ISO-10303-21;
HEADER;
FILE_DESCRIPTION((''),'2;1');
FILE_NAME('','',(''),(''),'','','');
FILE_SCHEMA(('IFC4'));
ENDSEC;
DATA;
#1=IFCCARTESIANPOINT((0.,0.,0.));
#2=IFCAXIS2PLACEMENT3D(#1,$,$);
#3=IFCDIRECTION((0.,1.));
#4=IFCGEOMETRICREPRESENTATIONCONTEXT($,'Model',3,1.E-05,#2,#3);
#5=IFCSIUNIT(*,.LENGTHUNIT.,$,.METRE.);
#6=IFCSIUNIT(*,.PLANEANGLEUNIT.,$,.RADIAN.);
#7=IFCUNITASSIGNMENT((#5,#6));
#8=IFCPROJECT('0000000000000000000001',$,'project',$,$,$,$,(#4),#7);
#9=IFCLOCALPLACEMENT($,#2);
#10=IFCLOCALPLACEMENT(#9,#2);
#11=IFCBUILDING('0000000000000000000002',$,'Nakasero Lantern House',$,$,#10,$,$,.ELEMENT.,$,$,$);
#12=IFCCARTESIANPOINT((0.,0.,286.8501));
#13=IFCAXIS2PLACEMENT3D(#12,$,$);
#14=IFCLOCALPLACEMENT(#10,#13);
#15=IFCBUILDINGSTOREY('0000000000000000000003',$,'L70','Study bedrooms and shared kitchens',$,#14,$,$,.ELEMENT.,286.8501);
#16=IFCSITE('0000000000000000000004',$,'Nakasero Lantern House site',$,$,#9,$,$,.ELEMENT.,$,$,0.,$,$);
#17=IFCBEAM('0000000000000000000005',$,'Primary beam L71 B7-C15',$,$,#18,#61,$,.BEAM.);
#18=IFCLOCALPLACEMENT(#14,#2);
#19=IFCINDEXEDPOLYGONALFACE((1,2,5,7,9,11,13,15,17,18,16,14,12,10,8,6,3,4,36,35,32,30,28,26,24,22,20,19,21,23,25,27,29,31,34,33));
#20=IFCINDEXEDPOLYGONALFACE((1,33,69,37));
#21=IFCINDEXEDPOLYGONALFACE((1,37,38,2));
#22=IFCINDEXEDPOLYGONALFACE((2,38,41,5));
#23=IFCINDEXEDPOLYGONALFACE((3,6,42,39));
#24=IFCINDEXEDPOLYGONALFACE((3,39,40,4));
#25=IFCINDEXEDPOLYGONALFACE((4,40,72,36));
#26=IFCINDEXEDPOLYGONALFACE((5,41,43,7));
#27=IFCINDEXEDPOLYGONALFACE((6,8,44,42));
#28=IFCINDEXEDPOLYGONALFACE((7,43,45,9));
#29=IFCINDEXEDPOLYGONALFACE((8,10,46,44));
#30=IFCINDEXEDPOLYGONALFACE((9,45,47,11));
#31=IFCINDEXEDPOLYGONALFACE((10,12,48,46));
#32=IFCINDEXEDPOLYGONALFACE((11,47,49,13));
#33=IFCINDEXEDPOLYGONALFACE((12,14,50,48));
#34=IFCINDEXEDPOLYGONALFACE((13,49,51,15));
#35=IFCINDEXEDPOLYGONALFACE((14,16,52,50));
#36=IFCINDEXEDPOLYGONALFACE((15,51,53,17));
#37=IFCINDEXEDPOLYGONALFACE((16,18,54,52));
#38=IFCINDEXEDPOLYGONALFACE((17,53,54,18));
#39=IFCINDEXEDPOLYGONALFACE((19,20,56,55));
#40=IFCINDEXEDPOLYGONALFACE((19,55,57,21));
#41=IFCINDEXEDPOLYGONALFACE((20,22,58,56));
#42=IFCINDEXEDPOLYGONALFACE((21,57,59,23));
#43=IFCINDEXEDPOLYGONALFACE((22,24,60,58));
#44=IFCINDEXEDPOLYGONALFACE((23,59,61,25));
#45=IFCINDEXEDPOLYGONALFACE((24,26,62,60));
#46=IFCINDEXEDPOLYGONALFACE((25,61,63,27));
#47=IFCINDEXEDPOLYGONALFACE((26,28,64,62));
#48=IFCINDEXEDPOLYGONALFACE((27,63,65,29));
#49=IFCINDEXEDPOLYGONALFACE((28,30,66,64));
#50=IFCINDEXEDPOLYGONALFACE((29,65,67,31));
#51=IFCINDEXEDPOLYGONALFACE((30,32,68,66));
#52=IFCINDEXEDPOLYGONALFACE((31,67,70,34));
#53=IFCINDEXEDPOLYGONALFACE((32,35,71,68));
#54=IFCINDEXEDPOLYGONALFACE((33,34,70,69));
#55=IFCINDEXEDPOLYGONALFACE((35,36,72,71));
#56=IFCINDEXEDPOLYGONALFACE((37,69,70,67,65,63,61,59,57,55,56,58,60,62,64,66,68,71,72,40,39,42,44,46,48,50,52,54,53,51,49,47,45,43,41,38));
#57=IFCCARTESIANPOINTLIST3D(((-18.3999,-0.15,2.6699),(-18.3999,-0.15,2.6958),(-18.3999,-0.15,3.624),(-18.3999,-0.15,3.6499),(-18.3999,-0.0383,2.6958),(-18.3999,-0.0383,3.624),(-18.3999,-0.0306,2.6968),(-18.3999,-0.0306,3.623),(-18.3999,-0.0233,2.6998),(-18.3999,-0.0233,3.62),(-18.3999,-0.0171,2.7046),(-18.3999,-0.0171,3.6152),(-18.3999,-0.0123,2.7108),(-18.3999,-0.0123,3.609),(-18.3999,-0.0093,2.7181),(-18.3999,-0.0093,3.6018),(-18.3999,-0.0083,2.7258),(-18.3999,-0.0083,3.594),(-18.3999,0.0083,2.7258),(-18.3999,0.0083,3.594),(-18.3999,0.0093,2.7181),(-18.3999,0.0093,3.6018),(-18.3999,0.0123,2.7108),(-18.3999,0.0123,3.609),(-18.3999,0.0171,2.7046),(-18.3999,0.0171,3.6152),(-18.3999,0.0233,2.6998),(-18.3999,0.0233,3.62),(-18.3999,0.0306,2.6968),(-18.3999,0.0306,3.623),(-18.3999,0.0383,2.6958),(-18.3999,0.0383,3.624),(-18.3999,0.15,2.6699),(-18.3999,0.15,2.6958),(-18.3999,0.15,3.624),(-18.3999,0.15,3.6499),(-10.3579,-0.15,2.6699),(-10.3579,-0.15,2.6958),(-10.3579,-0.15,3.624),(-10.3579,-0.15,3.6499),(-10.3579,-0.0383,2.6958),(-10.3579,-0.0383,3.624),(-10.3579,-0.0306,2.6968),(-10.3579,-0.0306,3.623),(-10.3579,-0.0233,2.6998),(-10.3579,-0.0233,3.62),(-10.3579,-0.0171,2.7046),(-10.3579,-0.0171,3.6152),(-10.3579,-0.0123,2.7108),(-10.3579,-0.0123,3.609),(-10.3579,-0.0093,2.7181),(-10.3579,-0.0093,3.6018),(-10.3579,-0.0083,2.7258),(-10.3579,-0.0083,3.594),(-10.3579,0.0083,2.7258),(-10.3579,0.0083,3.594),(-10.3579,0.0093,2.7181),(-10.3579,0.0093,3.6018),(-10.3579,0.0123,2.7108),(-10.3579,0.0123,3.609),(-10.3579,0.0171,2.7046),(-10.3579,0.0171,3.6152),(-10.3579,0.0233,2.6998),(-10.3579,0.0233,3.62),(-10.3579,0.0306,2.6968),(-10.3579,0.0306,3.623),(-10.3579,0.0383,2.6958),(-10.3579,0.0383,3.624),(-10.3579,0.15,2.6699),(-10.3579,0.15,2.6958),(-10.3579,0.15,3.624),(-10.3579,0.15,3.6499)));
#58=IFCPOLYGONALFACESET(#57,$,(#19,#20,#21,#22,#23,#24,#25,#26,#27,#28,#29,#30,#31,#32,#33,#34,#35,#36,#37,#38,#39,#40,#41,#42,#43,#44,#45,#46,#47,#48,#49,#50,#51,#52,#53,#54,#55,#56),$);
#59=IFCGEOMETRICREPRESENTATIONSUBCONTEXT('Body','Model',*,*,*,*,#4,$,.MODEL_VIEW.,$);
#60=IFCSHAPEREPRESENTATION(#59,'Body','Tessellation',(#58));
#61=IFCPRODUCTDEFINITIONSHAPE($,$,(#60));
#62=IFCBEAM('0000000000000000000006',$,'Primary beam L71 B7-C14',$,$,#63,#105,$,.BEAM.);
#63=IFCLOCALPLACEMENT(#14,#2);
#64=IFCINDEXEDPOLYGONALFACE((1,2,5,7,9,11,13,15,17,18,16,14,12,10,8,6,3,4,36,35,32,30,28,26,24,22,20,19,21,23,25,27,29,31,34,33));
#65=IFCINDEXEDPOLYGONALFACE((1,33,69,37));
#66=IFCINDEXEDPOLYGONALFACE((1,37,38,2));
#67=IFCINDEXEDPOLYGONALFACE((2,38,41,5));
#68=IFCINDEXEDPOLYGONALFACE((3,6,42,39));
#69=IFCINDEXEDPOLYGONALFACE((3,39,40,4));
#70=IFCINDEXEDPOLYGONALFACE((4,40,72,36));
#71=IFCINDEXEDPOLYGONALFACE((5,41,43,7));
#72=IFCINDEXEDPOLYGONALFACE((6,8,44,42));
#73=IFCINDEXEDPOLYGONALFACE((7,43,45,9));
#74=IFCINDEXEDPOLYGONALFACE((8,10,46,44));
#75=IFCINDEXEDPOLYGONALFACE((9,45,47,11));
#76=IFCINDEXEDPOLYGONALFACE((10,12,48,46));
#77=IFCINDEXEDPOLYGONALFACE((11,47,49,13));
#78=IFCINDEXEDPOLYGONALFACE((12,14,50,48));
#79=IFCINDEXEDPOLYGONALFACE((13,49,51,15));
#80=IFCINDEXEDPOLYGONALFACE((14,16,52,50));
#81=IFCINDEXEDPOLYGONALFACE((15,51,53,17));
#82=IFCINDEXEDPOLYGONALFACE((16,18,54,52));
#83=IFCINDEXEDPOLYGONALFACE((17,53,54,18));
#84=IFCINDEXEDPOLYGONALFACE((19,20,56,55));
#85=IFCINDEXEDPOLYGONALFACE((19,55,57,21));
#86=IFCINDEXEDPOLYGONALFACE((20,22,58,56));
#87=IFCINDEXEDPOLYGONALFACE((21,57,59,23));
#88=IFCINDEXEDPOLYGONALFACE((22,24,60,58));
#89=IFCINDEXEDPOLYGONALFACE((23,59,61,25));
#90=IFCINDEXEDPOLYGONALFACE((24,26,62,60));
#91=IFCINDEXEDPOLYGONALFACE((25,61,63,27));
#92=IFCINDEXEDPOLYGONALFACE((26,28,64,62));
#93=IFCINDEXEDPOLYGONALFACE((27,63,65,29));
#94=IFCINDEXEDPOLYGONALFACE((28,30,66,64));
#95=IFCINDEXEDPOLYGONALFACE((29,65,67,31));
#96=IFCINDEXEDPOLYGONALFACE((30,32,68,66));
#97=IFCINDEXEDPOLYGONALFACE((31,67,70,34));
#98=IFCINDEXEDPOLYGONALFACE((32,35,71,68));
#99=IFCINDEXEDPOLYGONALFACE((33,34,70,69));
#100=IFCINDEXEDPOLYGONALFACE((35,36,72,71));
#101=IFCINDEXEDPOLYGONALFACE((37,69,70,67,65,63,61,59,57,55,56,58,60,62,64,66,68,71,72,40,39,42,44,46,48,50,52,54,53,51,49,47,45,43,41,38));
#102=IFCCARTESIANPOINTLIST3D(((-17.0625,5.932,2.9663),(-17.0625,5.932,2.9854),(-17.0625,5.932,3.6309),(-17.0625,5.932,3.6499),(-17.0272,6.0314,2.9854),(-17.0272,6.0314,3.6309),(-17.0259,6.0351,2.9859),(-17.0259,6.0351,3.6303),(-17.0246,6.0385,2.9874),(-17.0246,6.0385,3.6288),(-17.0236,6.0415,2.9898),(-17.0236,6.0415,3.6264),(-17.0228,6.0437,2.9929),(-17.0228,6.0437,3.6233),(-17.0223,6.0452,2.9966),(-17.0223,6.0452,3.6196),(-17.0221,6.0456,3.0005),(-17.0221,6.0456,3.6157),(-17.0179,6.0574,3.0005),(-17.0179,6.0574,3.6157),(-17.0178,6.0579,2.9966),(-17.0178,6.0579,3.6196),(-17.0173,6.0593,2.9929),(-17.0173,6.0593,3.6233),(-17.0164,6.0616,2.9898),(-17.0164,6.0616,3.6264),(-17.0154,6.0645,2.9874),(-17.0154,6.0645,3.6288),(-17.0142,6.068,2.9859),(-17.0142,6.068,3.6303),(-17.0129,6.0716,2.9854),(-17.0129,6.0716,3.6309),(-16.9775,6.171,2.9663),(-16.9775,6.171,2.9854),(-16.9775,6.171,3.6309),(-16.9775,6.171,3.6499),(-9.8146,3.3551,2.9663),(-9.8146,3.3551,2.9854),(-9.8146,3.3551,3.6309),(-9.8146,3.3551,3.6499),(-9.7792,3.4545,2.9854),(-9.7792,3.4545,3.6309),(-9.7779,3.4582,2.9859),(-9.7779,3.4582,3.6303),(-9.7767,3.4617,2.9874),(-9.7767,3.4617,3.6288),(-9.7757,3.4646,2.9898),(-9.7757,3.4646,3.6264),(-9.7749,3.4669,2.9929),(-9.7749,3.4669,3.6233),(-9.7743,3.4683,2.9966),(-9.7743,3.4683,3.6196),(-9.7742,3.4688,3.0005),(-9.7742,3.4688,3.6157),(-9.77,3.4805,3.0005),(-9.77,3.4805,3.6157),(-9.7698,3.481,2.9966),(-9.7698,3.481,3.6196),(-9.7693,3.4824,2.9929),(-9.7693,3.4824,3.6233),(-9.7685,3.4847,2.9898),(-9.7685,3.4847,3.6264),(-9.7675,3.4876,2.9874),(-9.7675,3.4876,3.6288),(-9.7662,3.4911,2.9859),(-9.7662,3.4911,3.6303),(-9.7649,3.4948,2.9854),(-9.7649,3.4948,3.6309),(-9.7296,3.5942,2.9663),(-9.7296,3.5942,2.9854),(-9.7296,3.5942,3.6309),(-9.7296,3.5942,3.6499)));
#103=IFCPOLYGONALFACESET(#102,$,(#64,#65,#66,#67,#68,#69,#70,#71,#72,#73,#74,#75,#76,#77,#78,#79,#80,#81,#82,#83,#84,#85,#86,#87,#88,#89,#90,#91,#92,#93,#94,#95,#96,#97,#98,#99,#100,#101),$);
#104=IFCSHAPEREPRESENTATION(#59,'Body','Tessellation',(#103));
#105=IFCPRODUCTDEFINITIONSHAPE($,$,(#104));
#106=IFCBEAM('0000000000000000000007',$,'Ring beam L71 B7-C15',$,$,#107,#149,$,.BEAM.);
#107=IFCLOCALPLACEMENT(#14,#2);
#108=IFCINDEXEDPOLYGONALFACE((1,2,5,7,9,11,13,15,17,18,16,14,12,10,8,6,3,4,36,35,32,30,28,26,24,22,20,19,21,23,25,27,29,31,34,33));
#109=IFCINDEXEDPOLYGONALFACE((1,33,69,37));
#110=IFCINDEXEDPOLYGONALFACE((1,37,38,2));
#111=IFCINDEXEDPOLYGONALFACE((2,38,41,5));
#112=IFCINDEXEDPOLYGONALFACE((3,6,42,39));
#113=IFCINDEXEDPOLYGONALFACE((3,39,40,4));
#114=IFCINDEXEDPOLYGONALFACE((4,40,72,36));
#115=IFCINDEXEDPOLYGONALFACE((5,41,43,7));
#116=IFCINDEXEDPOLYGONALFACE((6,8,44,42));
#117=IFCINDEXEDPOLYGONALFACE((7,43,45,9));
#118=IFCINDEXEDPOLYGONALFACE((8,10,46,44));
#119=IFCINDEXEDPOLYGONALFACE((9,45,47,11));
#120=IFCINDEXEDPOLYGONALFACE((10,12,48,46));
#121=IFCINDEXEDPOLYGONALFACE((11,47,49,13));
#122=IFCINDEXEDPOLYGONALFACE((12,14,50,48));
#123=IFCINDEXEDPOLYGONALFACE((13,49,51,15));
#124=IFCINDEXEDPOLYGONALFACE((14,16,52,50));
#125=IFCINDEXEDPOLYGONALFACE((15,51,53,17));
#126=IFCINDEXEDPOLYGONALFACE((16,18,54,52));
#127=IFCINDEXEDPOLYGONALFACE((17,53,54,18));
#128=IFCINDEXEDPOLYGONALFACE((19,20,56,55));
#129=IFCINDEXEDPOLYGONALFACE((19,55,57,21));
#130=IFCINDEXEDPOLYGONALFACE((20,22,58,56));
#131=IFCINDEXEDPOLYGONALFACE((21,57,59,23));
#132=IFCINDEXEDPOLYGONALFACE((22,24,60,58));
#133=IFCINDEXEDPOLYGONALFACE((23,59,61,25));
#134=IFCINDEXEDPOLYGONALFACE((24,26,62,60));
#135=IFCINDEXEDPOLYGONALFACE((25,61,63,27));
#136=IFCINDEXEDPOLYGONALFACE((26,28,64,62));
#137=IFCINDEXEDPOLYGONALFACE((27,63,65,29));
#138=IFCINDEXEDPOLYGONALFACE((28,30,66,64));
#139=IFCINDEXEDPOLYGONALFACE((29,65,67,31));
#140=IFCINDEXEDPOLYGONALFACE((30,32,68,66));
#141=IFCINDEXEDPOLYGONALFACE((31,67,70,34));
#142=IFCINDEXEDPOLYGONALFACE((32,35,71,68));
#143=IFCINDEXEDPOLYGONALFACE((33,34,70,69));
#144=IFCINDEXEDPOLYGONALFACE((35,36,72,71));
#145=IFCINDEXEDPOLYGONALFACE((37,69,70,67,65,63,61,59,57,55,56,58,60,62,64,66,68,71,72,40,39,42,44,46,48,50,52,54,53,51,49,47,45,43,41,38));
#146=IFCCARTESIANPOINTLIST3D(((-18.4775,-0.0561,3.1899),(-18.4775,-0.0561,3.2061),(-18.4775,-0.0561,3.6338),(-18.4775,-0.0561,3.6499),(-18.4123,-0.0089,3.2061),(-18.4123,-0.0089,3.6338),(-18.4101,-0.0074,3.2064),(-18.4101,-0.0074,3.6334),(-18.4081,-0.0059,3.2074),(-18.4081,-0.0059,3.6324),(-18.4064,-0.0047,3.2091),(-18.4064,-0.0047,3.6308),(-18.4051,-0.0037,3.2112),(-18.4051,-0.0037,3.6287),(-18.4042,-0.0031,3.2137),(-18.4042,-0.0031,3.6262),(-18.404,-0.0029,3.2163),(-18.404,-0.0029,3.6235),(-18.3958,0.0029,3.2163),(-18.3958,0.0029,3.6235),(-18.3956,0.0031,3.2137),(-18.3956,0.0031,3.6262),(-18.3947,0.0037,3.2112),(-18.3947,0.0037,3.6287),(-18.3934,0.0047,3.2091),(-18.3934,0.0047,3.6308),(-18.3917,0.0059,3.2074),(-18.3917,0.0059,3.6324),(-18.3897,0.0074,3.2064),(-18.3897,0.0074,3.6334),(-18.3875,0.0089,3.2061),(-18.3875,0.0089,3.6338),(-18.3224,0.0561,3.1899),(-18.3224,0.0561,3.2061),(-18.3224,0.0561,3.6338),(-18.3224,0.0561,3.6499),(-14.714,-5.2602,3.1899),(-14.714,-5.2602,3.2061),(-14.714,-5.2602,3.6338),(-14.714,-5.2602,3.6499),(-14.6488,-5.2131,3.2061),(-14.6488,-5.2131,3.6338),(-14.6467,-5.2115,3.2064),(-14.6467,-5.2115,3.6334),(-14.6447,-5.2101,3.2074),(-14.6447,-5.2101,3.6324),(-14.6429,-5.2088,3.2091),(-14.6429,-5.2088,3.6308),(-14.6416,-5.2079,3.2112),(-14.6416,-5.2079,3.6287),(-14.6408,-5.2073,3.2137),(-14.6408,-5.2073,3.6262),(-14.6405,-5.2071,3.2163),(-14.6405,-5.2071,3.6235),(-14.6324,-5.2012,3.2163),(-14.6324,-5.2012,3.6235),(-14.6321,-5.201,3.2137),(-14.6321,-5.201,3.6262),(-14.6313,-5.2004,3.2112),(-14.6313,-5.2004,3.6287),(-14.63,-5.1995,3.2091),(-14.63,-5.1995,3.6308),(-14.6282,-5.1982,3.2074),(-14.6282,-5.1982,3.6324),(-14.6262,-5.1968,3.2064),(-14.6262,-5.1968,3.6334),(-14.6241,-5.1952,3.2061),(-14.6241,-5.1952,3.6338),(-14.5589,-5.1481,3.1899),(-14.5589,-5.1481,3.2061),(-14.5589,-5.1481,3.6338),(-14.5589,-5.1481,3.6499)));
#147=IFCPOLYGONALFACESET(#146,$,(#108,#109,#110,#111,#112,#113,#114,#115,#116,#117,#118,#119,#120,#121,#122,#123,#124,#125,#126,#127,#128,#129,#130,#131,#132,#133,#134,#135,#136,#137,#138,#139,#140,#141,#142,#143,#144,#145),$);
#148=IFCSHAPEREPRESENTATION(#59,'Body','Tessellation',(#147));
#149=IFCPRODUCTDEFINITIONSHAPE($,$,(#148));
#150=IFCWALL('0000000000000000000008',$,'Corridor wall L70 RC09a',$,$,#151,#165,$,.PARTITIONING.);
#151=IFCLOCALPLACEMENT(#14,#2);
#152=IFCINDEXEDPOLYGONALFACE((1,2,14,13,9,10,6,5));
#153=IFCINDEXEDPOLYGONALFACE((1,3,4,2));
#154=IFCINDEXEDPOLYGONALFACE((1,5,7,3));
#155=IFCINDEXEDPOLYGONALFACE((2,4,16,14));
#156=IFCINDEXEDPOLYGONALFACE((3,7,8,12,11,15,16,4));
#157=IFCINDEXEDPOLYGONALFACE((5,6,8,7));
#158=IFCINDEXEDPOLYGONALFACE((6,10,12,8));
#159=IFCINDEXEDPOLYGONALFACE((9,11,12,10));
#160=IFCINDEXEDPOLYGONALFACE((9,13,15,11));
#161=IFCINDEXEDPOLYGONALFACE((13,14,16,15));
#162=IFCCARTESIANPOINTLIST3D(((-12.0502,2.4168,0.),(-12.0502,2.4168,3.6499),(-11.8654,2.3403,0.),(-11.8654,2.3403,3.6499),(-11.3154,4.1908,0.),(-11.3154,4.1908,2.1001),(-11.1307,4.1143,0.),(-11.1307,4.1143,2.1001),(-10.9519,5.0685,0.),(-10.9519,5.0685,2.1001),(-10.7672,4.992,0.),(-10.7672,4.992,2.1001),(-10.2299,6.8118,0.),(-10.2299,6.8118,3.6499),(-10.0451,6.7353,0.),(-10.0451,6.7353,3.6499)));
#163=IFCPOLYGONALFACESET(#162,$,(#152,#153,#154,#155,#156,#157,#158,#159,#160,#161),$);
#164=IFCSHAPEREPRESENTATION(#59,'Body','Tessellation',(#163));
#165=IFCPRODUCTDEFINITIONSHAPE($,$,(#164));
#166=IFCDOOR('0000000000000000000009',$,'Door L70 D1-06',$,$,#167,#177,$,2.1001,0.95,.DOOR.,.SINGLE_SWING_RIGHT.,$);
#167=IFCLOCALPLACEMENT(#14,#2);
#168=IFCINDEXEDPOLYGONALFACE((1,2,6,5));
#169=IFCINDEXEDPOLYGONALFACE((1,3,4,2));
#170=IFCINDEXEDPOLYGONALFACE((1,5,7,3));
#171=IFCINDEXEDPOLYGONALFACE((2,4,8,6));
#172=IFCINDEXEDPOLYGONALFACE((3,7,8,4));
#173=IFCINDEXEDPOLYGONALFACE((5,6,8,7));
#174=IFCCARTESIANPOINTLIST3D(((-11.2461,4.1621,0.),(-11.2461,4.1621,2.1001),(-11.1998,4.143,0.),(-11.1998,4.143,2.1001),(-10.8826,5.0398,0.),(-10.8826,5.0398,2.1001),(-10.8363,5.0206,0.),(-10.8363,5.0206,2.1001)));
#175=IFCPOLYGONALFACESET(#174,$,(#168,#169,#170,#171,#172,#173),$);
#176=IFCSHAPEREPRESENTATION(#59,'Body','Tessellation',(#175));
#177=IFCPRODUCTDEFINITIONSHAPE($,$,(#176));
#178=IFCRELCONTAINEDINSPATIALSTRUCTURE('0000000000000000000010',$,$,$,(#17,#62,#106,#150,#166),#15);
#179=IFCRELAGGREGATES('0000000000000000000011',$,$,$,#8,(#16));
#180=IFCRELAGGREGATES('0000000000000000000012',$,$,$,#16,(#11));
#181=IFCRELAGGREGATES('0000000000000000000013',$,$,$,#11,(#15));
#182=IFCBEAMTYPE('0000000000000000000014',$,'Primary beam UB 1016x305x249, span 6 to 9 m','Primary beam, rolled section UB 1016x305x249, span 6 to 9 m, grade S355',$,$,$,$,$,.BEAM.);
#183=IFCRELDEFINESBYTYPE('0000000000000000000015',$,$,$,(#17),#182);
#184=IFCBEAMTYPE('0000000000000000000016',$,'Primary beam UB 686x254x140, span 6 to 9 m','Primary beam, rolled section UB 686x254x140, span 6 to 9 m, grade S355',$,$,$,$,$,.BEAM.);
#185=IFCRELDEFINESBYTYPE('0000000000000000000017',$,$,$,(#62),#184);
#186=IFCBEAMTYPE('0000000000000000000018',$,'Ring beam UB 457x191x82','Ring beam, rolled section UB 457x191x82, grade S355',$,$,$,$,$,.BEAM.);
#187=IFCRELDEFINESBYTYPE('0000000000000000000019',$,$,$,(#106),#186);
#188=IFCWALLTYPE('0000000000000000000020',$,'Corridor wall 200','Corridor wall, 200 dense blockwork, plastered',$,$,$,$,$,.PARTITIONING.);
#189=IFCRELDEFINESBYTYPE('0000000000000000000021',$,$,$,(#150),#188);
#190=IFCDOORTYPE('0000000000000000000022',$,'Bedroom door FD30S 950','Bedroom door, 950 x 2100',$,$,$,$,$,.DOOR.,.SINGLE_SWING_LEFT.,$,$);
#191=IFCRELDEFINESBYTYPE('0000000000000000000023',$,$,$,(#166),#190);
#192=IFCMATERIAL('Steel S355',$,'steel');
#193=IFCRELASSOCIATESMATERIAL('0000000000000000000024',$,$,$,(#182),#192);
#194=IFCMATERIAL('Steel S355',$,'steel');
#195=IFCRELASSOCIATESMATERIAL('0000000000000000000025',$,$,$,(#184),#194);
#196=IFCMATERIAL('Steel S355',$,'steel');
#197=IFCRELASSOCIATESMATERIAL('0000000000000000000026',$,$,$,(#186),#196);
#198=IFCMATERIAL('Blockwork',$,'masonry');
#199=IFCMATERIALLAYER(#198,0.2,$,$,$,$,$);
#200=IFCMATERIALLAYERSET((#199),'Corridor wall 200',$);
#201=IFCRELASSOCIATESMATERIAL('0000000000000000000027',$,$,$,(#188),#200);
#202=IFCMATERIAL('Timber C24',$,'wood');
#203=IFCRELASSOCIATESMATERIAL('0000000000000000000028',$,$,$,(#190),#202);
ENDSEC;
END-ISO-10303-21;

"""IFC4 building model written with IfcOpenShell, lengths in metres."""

from ifc_helpers import new_model, si_unit, direction, frame, frame_2d, origin, origin_2d, place, context, subcontext, project, spatial, rectangle, i_section, extrude, material, layer, layer_set, material_profile, profile_set, type_object, element, fill, save


model = new_model("IFC4")

# Units and contexts
model_context = context("Model", 3, precision=1e-05, world=origin(), true_north=direction((0.0, 1.0)))
body_context = subcontext(model_context, "Body", "Model", "MODEL_VIEW")
ifc_project = project(units=[si_unit("LENGTHUNIT", "METRE"), si_unit("PLANEANGLEUNIT", "RADIAN")], contexts=[model_context])

# Site, building, storey
site_placement = place(None, origin())
site = spatial("IfcSite", under=ifc_project, at=site_placement, Name="Nakasero Lantern House site", CompositionType="ELEMENT", RefElevation=0.0)
building_placement = place(site_placement, origin())
building = spatial("IfcBuilding", under=site, at=building_placement, Name="Nakasero Lantern House", CompositionType="ELEMENT")
storey_placement = place(building_placement, frame((0.0, 0.0, 286.8501)))
storey = spatial("IfcBuildingStorey", under=building, at=storey_placement, Name="L70", Description="Study bedrooms and shared kitchens", CompositionType="ELEMENT", Elevation=286.8501)

# Beams
ifc_material_1 = material(Name="Steel S355", Category="steel")
ifc_material_profile_1 = material_profile(ifc_material_1, i_section(OverallWidth=0.3, OverallDepth=0.98, WebThickness=0.0166, FlangeThickness=0.0259, FilletRadius=0.03, at=origin_2d()), Name="UB 1016x305x249")
ifc_profile_set_1 = profile_set([ifc_material_profile_1], Name="Steel S355")
beam_type_1 = type_object("IfcBeamType", Name="Primary beam UB 1016x305x249, span 6 to 9 m", Description="Primary beam, rolled section UB 1016x305x249, span 6 to 9 m, grade S355", PredefinedType="BEAM", material=ifc_profile_set_1)
beam_1_placement = place(storey_placement, frame((-18.3999, 0.0, 3.1599), z_axis=(1.0, 0.0, 0.0), x_axis=(0.0, 1.0, 0.0)))
element("IfcBeam", 1, at=beam_1_placement, inside=storey, type_object=beam_type_1, Name="Primary beam L71 B7-C15", PredefinedType="BEAM", context=body_context, shape_type="SweptSolid", body=[
    extrude(i_section(OverallWidth=0.3, OverallDepth=0.98, WebThickness=0.0166, FlangeThickness=0.0259, FilletRadius=0.03, at=origin_2d()), origin(), (0.0, 0.0, 1.0), 8.042),
])
ifc_material_2 = material(Name="Steel S355", Category="steel")
ifc_material_profile_2 = material_profile(ifc_material_2, i_section(OverallWidth=0.2537, OverallDepth=0.6836, WebThickness=0.0125, FlangeThickness=0.019, FilletRadius=0.0151, at=origin_2d()), Name="UB 686x254x140")
ifc_profile_set_2 = profile_set([ifc_material_profile_2], Name="Steel S355")
beam_type_2 = type_object("IfcBeamType", Name="Primary beam UB 686x254x140, span 6 to 9 m", Description="Primary beam, rolled section UB 686x254x140, span 6 to 9 m, grade S355", PredefinedType="BEAM", material=ifc_profile_set_2)
beam_2_placement = place(storey_placement, frame((-17.02, 6.0515, 3.3081), z_axis=(0.942222, -0.334989, 0.0), x_axis=(0.334989, 0.942222, 0.0)))
element("IfcBeam", 2, at=beam_2_placement, inside=storey, type_object=beam_type_2, Name="Primary beam L71 B7-C14", PredefinedType="BEAM", context=body_context, shape_type="SweptSolid", body=[
    extrude(i_section(OverallWidth=0.2537, OverallDepth=0.6836, WebThickness=0.0125, FlangeThickness=0.019, FilletRadius=0.0151, at=origin_2d()), origin(), (0.0, 0.0, 1.0), 7.6924),
])
ifc_material_3 = material(Name="Steel S355", Category="steel")
ifc_material_profile_3 = material_profile(ifc_material_3, i_section(OverallWidth=0.1914, OverallDepth=0.46, WebThickness=0.01, FlangeThickness=0.0161, FilletRadius=0.0103, at=origin_2d()), Name="UB 457x191x82")
ifc_profile_set_3 = profile_set([ifc_material_profile_3], Name="Steel S355")
beam_type_3 = type_object("IfcBeamType", Name="Ring beam UB 457x191x82", Description="Ring beam, rolled section UB 457x191x82, grade S355", PredefinedType="BEAM", material=ifc_profile_set_3)
beam_3_placement = place(storey_placement, frame((-18.3999, 0.0, 3.4199), z_axis=(0.585993, -0.810316, 0.0), x_axis=(0.810316, 0.585993, 0.0)))
element("IfcBeam", 3, at=beam_3_placement, inside=storey, type_object=beam_type_3, Name="Ring beam L71 B7-C15", PredefinedType="BEAM", context=body_context, shape_type="SweptSolid", body=[
    extrude(i_section(OverallWidth=0.1914, OverallDepth=0.46, WebThickness=0.01, FlangeThickness=0.0161, FilletRadius=0.0103, at=origin_2d()), origin(), (0.0, 0.0, 1.0), 6.4224),
])

# Wall, opening, door
ifc_material_4 = material(Name="Blockwork", Category="masonry")
ifc_layer_1 = layer(ifc_material_4, 0.2)
ifc_layer_set_1 = layer_set([ifc_layer_1], Name="Corridor wall 200")
wall_type_1 = type_object("IfcWallType", Name="Corridor wall 200", Description="Corridor wall, 200 dense blockwork, plastered", PredefinedType="PARTITIONING", material=ifc_layer_set_1)
wall_1_placement = place(storey_placement, frame((-11.9578, 2.3787, 0.0), z_axis=(0.0, 0.0, 1.0), x_axis=(0.382654, 0.923892, 0.0)))
wall_1 = element("IfcWall", 4, at=wall_1_placement, inside=storey, type_object=wall_type_1, Name="Corridor wall L70 RC09a", PredefinedType="PARTITIONING", context=body_context, shape_type="SweptSolid", body=[
    extrude(rectangle(XDim=4.7571, YDim=0.2, at=frame_2d((2.3784, 0.0))), origin(), (0.0, 0.0, 1.0), 3.6499),
])
opening_1_placement = place(wall_1_placement, frame((1.9199, 0.0, 0.0)))
opening_1 = element("IfcOpeningElement", 5, at=opening_1_placement, cuts=wall_1, PredefinedType="OPENING", context=body_context, shape_type="SweptSolid", body=[
    extrude(rectangle(XDim=0.95, YDim=2.1001, at=frame_2d((0.4751, 1.05))), frame((0.0, 0.1199, 0.0), z_axis=(0.0, -1.0, 0.0), x_axis=(1.0, 0.0, 0.0)), (0.0, 0.0, 1.0), 0.24),
])
ifc_material_5 = material(Name="Timber C24", Category="wood")
door_type_1 = type_object("IfcDoorType", Name="Bedroom door FD30S 950", Description="Bedroom door, 950 x 2100", OperationType="SINGLE_SWING_LEFT", PredefinedType="DOOR", material=ifc_material_5)
door_1_placement = place(opening_1_placement, origin())
door_1 = element("IfcDoor", 6, at=door_1_placement, inside=storey, type_object=door_type_1, Name="Door L70 D1-06", OperationType="SINGLE_SWING_RIGHT", OverallHeight=2.1001, OverallWidth=0.95, PredefinedType="DOOR", context=body_context, shape_type="SweptSolid", body=[
    extrude(rectangle(XDim=0.95, YDim=2.1001, at=frame_2d((0.4751, 1.05))), frame((0.0, 0.0249, 0.0), z_axis=(0.0, -1.0, 0.0), x_axis=(1.0, 0.0, 0.0)), (0.0, 0.0, 1.0), 0.05),
])
fill(opening_1, door_1)

save(model, "model.ifc")
